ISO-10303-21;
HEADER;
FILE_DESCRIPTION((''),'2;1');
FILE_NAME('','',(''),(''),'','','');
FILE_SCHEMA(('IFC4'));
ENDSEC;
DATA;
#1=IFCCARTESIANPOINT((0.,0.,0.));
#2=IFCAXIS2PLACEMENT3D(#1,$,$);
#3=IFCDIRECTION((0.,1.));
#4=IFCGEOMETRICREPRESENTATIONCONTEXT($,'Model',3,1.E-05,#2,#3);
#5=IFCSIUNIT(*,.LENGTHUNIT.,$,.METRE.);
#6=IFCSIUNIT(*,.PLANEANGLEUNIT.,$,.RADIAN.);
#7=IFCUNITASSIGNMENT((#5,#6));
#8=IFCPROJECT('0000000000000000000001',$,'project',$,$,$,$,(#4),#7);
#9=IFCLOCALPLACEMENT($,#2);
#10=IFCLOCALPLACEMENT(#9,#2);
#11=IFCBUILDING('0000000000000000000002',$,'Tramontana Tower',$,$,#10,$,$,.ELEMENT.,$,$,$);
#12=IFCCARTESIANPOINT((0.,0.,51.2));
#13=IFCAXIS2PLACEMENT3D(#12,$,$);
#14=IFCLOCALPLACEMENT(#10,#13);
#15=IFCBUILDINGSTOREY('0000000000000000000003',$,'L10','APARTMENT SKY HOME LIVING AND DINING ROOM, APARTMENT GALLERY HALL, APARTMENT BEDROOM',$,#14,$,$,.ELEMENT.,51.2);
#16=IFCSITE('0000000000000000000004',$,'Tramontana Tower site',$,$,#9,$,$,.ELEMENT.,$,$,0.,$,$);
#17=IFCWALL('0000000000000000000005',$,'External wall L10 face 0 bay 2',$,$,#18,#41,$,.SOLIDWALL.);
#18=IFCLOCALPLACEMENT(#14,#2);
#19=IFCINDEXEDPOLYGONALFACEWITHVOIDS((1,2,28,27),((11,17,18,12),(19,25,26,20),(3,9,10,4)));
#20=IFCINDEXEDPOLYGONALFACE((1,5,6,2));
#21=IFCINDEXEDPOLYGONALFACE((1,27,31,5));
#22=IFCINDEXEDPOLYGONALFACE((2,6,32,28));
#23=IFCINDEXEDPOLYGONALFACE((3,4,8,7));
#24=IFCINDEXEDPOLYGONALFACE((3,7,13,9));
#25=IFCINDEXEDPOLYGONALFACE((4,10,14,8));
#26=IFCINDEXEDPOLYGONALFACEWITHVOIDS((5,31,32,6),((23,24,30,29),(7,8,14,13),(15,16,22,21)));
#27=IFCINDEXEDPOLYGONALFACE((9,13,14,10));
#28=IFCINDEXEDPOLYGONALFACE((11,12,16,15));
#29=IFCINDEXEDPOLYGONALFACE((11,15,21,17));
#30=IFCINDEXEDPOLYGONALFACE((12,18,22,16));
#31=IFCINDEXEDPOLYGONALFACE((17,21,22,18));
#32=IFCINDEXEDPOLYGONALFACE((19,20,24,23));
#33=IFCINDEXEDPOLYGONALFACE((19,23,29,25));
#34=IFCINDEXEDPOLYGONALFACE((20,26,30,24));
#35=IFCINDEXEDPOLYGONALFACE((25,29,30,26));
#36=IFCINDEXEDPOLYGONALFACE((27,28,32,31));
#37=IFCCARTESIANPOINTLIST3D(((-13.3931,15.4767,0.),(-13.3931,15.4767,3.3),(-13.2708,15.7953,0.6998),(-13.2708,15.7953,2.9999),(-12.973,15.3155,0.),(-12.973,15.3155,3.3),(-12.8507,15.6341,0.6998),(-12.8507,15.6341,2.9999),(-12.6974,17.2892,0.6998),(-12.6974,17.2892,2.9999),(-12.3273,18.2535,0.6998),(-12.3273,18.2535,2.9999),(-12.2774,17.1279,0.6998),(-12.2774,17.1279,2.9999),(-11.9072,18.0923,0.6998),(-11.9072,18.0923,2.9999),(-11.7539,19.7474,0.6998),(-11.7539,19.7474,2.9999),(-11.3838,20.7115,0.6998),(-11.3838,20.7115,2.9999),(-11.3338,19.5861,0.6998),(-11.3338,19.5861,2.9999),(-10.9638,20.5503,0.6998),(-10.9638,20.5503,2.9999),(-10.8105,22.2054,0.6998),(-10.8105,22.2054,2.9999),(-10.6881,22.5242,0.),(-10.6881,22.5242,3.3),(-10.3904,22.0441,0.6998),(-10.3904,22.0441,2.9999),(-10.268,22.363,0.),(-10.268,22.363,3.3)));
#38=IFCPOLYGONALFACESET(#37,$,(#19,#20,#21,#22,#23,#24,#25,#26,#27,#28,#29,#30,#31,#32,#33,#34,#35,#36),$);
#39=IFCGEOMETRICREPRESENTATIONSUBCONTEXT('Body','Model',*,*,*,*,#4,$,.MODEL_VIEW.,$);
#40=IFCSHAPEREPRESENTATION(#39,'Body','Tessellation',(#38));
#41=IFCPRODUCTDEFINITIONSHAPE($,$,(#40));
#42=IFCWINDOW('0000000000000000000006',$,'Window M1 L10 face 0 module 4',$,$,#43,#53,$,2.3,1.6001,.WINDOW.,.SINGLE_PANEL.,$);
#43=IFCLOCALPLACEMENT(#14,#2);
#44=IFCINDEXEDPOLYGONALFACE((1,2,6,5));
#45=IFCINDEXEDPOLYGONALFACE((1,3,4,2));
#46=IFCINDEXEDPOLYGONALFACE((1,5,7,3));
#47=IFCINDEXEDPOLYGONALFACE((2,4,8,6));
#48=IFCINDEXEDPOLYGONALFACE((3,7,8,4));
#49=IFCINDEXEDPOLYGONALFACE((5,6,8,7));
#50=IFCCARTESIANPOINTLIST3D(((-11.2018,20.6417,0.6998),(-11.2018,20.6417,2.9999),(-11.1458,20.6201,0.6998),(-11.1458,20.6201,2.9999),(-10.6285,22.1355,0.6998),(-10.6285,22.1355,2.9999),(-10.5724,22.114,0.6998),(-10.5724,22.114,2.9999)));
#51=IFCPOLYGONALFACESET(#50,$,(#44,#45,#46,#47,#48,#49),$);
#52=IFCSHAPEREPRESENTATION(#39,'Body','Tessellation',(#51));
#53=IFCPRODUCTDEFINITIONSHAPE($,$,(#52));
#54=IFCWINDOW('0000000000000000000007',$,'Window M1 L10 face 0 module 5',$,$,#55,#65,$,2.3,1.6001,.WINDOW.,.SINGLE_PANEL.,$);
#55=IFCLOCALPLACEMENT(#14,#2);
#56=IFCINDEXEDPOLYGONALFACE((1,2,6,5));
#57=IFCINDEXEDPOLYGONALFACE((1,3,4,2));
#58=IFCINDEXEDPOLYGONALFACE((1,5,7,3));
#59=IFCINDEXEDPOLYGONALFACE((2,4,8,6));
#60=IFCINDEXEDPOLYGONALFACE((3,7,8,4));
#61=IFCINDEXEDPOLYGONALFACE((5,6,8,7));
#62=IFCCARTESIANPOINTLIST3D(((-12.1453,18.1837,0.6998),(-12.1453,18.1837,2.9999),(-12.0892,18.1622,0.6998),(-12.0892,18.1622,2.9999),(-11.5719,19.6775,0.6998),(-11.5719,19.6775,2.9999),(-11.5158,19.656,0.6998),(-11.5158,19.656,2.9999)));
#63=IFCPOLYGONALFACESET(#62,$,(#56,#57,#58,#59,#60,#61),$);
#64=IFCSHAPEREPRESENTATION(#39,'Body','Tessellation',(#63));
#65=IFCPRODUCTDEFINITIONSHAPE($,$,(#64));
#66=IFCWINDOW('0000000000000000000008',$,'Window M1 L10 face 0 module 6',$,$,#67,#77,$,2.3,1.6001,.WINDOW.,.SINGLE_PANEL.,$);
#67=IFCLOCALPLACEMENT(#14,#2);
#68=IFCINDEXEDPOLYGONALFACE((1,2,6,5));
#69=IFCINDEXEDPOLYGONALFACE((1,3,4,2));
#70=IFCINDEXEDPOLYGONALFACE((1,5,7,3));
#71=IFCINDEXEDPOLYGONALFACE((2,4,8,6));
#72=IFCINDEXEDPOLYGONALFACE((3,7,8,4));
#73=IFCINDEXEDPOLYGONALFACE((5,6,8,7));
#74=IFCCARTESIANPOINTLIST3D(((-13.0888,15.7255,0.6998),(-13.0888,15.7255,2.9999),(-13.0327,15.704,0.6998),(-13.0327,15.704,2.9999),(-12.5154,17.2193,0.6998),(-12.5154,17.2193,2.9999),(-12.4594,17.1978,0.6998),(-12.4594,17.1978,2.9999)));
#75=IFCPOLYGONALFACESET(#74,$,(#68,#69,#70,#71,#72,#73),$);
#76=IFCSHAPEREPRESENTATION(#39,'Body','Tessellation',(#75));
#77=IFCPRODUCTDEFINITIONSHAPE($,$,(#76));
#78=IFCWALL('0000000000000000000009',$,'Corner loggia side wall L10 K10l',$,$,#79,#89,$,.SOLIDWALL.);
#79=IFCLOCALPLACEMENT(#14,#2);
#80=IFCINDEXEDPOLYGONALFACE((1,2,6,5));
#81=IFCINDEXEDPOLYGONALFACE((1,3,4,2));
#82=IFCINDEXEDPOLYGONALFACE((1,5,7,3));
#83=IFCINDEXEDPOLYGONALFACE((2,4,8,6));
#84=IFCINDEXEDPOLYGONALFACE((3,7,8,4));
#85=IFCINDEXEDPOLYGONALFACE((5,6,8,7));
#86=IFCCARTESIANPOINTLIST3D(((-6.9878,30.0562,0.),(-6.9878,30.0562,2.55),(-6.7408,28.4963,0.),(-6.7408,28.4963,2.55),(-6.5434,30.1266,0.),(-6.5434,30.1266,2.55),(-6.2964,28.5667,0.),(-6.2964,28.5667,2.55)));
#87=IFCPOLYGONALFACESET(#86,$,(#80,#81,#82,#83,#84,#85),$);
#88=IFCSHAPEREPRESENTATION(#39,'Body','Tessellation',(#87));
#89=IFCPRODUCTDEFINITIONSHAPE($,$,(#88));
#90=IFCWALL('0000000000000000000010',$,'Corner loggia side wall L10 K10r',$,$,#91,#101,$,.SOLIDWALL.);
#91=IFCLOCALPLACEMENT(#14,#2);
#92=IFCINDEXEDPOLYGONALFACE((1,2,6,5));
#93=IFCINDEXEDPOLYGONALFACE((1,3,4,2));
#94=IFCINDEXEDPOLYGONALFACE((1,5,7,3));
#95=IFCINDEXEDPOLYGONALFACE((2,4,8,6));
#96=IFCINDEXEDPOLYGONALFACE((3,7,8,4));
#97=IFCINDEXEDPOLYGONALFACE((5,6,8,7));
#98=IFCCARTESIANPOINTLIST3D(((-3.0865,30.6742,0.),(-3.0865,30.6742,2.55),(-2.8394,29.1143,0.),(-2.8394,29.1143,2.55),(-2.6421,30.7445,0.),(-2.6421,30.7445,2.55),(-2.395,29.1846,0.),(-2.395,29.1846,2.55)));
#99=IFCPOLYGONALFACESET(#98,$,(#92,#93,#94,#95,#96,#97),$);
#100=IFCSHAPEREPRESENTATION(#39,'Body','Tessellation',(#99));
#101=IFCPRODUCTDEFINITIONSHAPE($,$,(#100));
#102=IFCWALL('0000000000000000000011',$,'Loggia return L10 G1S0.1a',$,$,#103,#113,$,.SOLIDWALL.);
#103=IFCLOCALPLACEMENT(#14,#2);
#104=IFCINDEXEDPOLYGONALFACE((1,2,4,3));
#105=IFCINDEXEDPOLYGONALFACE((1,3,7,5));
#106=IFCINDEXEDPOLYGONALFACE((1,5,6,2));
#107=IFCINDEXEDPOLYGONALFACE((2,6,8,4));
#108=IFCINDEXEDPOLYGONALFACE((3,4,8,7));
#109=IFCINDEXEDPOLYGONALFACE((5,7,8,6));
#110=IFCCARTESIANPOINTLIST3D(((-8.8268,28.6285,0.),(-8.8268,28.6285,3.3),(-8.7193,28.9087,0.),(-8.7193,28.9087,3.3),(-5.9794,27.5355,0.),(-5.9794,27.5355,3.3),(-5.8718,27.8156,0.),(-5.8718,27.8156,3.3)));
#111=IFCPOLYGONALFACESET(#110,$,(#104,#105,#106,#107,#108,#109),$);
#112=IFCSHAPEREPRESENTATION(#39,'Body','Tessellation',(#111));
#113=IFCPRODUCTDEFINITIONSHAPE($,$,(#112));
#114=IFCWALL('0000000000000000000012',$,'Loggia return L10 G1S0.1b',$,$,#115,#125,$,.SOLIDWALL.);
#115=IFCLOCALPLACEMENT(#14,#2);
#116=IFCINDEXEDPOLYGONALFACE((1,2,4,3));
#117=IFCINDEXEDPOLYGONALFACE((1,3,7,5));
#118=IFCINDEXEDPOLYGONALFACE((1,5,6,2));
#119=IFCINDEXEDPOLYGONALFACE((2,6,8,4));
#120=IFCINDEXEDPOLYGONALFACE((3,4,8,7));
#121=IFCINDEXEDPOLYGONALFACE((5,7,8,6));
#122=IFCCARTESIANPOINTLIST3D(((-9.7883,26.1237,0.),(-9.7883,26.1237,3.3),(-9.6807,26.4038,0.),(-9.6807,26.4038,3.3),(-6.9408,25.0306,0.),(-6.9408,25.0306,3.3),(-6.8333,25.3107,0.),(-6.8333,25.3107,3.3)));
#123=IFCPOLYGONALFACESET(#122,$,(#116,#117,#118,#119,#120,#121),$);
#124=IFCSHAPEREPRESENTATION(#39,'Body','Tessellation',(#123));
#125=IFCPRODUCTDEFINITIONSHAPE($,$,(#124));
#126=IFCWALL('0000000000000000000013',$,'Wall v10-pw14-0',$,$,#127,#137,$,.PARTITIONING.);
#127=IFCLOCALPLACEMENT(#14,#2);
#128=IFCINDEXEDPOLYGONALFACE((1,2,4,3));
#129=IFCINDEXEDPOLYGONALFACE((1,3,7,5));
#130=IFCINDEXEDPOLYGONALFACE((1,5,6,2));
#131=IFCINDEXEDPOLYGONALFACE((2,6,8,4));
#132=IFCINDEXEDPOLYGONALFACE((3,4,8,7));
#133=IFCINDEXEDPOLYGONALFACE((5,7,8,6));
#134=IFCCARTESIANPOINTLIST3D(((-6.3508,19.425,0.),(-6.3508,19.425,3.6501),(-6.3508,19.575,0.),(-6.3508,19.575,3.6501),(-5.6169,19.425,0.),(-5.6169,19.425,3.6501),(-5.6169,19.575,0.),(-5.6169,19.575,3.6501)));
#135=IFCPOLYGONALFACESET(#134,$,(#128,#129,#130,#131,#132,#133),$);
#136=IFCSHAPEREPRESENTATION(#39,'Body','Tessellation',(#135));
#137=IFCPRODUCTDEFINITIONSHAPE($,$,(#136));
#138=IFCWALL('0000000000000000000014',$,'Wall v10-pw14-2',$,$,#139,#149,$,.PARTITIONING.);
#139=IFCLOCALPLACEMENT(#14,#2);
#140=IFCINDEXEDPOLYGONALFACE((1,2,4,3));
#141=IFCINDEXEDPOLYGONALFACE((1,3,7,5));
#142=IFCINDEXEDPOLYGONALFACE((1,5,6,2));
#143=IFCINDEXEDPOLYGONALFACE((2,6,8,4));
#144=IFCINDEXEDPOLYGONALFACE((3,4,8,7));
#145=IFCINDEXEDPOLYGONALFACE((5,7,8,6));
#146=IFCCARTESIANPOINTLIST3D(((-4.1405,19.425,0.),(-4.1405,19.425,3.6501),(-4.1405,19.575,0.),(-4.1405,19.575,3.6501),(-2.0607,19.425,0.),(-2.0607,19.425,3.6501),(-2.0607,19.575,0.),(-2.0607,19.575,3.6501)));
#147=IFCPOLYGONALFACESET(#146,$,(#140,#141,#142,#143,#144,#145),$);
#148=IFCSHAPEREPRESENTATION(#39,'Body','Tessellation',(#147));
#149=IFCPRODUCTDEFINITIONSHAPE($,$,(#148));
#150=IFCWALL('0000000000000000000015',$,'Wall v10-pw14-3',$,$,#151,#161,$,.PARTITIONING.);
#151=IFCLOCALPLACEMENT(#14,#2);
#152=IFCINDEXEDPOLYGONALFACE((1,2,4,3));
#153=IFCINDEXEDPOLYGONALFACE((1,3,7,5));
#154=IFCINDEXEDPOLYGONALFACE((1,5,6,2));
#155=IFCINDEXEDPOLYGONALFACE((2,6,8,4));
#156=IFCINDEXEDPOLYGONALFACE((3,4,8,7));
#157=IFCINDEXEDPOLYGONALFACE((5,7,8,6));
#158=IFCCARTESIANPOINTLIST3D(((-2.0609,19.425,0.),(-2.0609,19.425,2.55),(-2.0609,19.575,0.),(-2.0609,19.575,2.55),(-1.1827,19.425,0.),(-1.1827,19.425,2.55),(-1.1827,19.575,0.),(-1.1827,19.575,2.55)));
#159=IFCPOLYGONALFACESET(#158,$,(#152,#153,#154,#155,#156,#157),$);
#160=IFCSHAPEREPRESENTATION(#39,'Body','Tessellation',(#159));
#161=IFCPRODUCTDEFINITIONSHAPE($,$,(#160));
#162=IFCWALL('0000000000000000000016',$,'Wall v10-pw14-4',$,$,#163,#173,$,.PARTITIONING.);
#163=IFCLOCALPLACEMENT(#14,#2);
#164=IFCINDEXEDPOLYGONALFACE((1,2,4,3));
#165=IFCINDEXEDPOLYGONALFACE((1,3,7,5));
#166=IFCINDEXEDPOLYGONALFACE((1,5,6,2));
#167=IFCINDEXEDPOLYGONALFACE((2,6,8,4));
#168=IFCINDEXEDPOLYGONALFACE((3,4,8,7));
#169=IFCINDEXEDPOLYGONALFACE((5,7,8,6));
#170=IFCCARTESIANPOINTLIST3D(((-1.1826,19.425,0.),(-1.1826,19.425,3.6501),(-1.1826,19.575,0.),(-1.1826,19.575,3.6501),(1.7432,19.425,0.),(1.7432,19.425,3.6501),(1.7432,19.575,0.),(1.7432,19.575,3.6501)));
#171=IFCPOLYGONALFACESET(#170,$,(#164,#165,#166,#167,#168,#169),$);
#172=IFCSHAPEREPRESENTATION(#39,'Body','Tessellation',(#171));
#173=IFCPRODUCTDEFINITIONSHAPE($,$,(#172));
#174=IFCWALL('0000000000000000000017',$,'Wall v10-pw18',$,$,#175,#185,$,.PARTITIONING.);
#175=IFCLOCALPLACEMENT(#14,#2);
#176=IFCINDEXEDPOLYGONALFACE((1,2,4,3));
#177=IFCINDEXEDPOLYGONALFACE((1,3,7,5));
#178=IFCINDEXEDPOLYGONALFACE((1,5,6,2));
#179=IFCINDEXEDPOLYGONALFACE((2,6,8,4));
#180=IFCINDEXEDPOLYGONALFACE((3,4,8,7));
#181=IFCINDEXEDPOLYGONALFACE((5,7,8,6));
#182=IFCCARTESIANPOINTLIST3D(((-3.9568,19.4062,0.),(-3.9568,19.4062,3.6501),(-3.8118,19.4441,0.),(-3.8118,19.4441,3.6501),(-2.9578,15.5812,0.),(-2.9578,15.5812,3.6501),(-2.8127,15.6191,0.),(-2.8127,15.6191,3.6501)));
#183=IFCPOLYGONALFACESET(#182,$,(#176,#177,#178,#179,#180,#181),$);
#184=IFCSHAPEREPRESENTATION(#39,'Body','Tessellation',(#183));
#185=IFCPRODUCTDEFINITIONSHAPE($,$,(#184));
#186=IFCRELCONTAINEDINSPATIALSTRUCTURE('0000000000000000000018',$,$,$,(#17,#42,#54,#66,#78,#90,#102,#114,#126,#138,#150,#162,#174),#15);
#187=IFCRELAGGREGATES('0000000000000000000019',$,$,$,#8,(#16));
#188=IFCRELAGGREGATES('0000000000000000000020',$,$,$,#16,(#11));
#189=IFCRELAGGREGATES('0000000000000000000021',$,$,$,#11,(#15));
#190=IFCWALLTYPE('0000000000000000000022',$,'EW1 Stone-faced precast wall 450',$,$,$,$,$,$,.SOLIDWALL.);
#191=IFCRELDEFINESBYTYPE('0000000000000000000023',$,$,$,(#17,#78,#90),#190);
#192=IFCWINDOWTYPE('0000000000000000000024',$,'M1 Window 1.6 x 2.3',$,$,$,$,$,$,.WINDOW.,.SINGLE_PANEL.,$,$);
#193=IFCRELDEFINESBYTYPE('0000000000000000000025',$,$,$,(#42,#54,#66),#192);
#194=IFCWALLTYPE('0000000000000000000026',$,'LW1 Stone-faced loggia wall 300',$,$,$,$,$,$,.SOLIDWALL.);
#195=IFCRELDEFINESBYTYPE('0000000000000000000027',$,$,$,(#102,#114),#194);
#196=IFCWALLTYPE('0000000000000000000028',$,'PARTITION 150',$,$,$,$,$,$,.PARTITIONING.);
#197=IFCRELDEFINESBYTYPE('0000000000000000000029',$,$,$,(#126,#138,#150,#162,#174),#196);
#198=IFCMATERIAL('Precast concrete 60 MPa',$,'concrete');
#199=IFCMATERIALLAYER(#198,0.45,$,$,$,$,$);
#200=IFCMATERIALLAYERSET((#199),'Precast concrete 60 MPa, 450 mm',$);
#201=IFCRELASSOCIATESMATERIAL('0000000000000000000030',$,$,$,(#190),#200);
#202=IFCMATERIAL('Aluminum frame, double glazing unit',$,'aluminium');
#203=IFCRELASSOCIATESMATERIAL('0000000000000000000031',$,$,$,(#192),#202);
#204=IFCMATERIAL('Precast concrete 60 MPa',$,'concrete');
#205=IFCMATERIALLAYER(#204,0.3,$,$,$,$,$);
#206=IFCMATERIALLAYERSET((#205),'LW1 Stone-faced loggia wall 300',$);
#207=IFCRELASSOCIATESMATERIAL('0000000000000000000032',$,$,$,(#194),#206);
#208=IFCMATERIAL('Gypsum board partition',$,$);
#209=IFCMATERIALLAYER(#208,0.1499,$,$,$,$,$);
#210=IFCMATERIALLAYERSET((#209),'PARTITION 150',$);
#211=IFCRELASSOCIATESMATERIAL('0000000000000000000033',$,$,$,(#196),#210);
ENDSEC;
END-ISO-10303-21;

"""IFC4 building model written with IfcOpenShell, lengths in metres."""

from ifc_helpers import new_model, si_unit, direction, frame, frame_2d, origin, place, context, subcontext, project, spatial, rectangle, extrude, material, layer, layer_set, type_object, element, fill, save


model = new_model("IFC4")

# Units and contexts
model_context = context("Model", 3, precision=1e-05, world=origin(), true_north=direction((0.0, 1.0)))
body_context = subcontext(model_context, "Body", "Model", "MODEL_VIEW")
ifc_project = project(units=[si_unit("LENGTHUNIT", "METRE"), si_unit("PLANEANGLEUNIT", "RADIAN")], contexts=[model_context])

# Site, building, storey
site_placement = place(None, origin())
site = spatial("IfcSite", under=ifc_project, at=site_placement, Name="Tramontana Tower site", CompositionType="ELEMENT", RefElevation=0.0)
building_placement = place(site_placement, origin())
building = spatial("IfcBuilding", under=site, at=building_placement, Name="Tramontana Tower", CompositionType="ELEMENT")
storey_placement = place(building_placement, frame((0.0, 0.0, 51.2)))
storey = spatial("IfcBuildingStorey", under=building, at=storey_placement, Name="L10", Description="APARTMENT SKY HOME LIVING AND DINING ROOM, APARTMENT GALLERY HALL, APARTMENT BEDROOM", CompositionType="ELEMENT", Elevation=51.2)

# Shared definitions
ifc_material_1 = material(Name="Precast concrete 60 MPa", Category="concrete")
ifc_layer_1 = layer(ifc_material_1, 0.45)
ifc_layer_set_1 = layer_set([ifc_layer_1], Name="Precast concrete 60 MPa, 450 mm")
wall_type_1 = type_object("IfcWallType", Name="EW1 Stone-faced precast wall 450", PredefinedType="SOLIDWALL", material=ifc_layer_set_1)
ifc_material_2 = material(Name="Aluminum frame, double glazing unit", Category="aluminium")
window_type_1 = type_object("IfcWindowType", Name="M1 Window 1.6 x 2.3", PartitioningType="SINGLE_PANEL", PredefinedType="WINDOW", material=ifc_material_2)

# Wall, openings, windows
wall_1_placement = place(storey_placement, frame((-10.478, 22.4436, 0.0), z_axis=(0.0, 0.0, 1.0), x_axis=(-0.35834, -0.933591, 0.0)))
wall_1 = element("IfcWall", 1, at=wall_1_placement, inside=storey, type_object=wall_type_1, Name="External wall L10 face 0 bay 2", PredefinedType="SOLIDWALL", context=body_context, shape_type="SweptSolid", body=[
    extrude(rectangle(XDim=7.5488, YDim=0.45, at=frame_2d((3.7744, 0.0))), origin(), (0.0, 0.0, 1.0), 3.3),
])
opening_1_placement = place(wall_1_placement, frame((0.3416, 0.0, 0.7)))
opening_1 = element("IfcOpeningElement", 2, at=opening_1_placement, cuts=wall_1, PredefinedType="OPENING", context=body_context, shape_type="SweptSolid", body=[
    extrude(rectangle(XDim=1.6001, YDim=2.3, at=frame_2d((0.8, 1.1499))), frame((0.0, 0.2349, 0.0), z_axis=(0.0, -1.0, 0.0), x_axis=(1.0, 0.0, 0.0)), (0.0, 0.0, 1.0), 0.47),
])
opening_2_placement = place(wall_1_placement, frame((2.9744, 0.0, 0.7)))
opening_2 = element("IfcOpeningElement", 3, at=opening_2_placement, cuts=wall_1, PredefinedType="OPENING", context=body_context, shape_type="SweptSolid", body=[
    extrude(rectangle(XDim=1.6001, YDim=2.3, at=frame_2d((0.8, 1.1499))), frame((0.0, 0.2349, 0.0), z_axis=(0.0, -1.0, 0.0), x_axis=(1.0, 0.0, 0.0)), (0.0, 0.0, 1.0), 0.47),
])
opening_3_placement = place(wall_1_placement, frame((5.6074, 0.0, 0.7)))
opening_3 = element("IfcOpeningElement", 4, at=opening_3_placement, cuts=wall_1, PredefinedType="OPENING", context=body_context, shape_type="SweptSolid", body=[
    extrude(rectangle(XDim=1.6001, YDim=2.3, at=frame_2d((0.8, 1.1499))), frame((0.0, 0.2349, 0.0), z_axis=(0.0, -1.0, 0.0), x_axis=(1.0, 0.0, 0.0)), (0.0, 0.0, 1.0), 0.47),
])
window_1_placement = place(opening_1_placement, origin())
window_1 = element("IfcWindow", 5, at=window_1_placement, inside=storey, type_object=window_type_1, Name="Window M1 L10 face 0 module 4", OverallHeight=2.3, OverallWidth=1.6001, PartitioningType="SINGLE_PANEL", PredefinedType="WINDOW", context=body_context, shape_type="SweptSolid", body=[
    extrude(rectangle(XDim=1.6001, YDim=2.3, at=frame_2d((0.8, 1.1499))), frame((0.0, 0.03, 0.0), z_axis=(0.0, -1.0, 0.0), x_axis=(1.0, 0.0, 0.0)), (0.0, 0.0, 1.0), 0.0601),
])
fill(opening_1, window_1)
window_2_placement = place(opening_2_placement, origin())
window_2 = element("IfcWindow", 6, at=window_2_placement, inside=storey, type_object=window_type_1, Name="Window M1 L10 face 0 module 5", OverallHeight=2.3, OverallWidth=1.6001, PartitioningType="SINGLE_PANEL", PredefinedType="WINDOW", context=body_context, shape_type="SweptSolid", body=[
    extrude(rectangle(XDim=1.6001, YDim=2.3, at=frame_2d((0.8, 1.1499))), frame((0.0, 0.03, 0.0), z_axis=(0.0, -1.0, 0.0), x_axis=(1.0, 0.0, 0.0)), (0.0, 0.0, 1.0), 0.0601),
])
fill(opening_2, window_2)
window_3_placement = place(opening_3_placement, origin())
window_3 = element("IfcWindow", 7, at=window_3_placement, inside=storey, type_object=window_type_1, Name="Window M1 L10 face 0 module 6", OverallHeight=2.3, OverallWidth=1.6001, PartitioningType="SINGLE_PANEL", PredefinedType="WINDOW", context=body_context, shape_type="SweptSolid", body=[
    extrude(rectangle(XDim=1.6001, YDim=2.3, at=frame_2d((0.8, 1.1499))), frame((0.0, 0.03, 0.0), z_axis=(0.0, -1.0, 0.0), x_axis=(1.0, 0.0, 0.0)), (0.0, 0.0, 1.0), 0.0601),
])
fill(opening_3, window_3)

# Walls
for number, where, z_axis, x_axis, name in (
    (8, (-6.7656, 30.0913, 0.0), (0.0, 0.0, 1.0), (0.156447, -0.987686, 0.0), "Corner loggia side wall L10 K10l"),
    (9, (-2.8643, 30.7092, 0.0), (0.0, 0.0, 1.0), (0.156447, -0.987686, 0.0), "Corner loggia side wall L10 K10r"),
):
    element("IfcWall", number, at=place(storey_placement, frame(where, z_axis=z_axis, x_axis=x_axis)), inside=storey, type_object=wall_type_1, Name=name, PredefinedType="SOLIDWALL", context=body_context, shape_type="SweptSolid", body=[
        extrude(rectangle(XDim=1.5793, YDim=0.45, at=frame_2d((0.7896, 0.0))), origin(), (0.0, 0.0, 1.0), 2.55),
    ])

# Shared definitions
ifc_material_3 = material(Name="Precast concrete 60 MPa", Category="concrete")
ifc_layer_2 = layer(ifc_material_3, 0.3)
ifc_layer_set_2 = layer_set([ifc_layer_2], Name="LW1 Stone-faced loggia wall 300")
wall_type_2 = type_object("IfcWallType", Name="LW1 Stone-faced loggia wall 300", PredefinedType="SOLIDWALL", material=ifc_layer_set_2)

# Walls
for number, where, z_axis, x_axis, name in (
    (10, (-8.7729, 28.7686, 0.0), (0.0, 0.0, 1.0), (0.933581, -0.358368, 0.0), "Loggia return L10 G1S0.1a"),
    (11, (-9.7344, 26.2637, 0.0), (0.0, 0.0, 1.0), (0.933581, -0.358368, 0.0), "Loggia return L10 G1S0.1b"),
):
    element("IfcWall", number, at=place(storey_placement, frame(where, z_axis=z_axis, x_axis=x_axis)), inside=storey, type_object=wall_type_2, Name=name, PredefinedType="SOLIDWALL", context=body_context, shape_type="SweptSolid", body=[
        extrude(rectangle(XDim=3.05, YDim=0.3, at=frame_2d((1.5249, 0.0))), origin(), (0.0, 0.0, 1.0), 3.3),
    ])
ifc_material_4 = material(Name="Gypsum board partition")
ifc_layer_3 = layer(ifc_material_4, 0.1499)
ifc_layer_set_3 = layer_set([ifc_layer_3], Name="PARTITION 150")
wall_type_3 = type_object("IfcWallType", Name="PARTITION 150", PredefinedType="PARTITIONING", material=ifc_layer_set_3)
wall_2_placement = place(storey_placement, frame((-6.3508, 19.5, 0.0), z_axis=(0.0, 0.0, 1.0), x_axis=(1.0, 0.0, 0.0)))
element("IfcWall", 12, at=wall_2_placement, inside=storey, type_object=wall_type_3, Name="Wall v10-pw14-0", PredefinedType="PARTITIONING", context=body_context, shape_type="SweptSolid", body=[
    extrude(rectangle(XDim=0.7339, YDim=0.1499, at=frame_2d((0.3669, 0.0))), origin(), (0.0, 0.0, 1.0), 3.6501),
])

# Walls
wall_3_placement = place(storey_placement, frame((-4.1406, 19.5, 0.0), z_axis=(0.0, 0.0, 1.0), x_axis=(1.0, 0.0, 0.0)))
element("IfcWall", 13, at=wall_3_placement, inside=storey, type_object=wall_type_3, Name="Wall v10-pw14-2", PredefinedType="PARTITIONING", context=body_context, shape_type="SweptSolid", body=[
    extrude(rectangle(XDim=2.0798, YDim=0.1499, at=frame_2d((1.04, 0.0))), origin(), (0.0, 0.0, 1.0), 3.6501),
])
wall_4_placement = place(storey_placement, frame((-2.0608, 19.5, 0.0), z_axis=(0.0, 0.0, 1.0), x_axis=(1.0, 0.0, 0.0)))
element("IfcWall", 14, at=wall_4_placement, inside=storey, type_object=wall_type_3, Name="Wall v10-pw14-3", PredefinedType="PARTITIONING", context=body_context, shape_type="SweptSolid", body=[
    extrude(rectangle(XDim=0.8782, YDim=0.1499, at=frame_2d((0.439, 0.0))), origin(), (0.0, 0.0, 1.0), 2.55),
])
wall_5_placement = place(storey_placement, frame((-1.1826, 19.5, 0.0), z_axis=(0.0, 0.0, 1.0), x_axis=(1.0, 0.0, 0.0)))
element("IfcWall", 15, at=wall_5_placement, inside=storey, type_object=wall_type_3, Name="Wall v10-pw14-4", PredefinedType="PARTITIONING", context=body_context, shape_type="SweptSolid", body=[
    extrude(rectangle(XDim=2.9258, YDim=0.1499, at=frame_2d((1.4629, 0.0))), origin(), (0.0, 0.0, 1.0), 3.6501),
])
wall_6_placement = place(storey_placement, frame((-3.8843, 19.425, 0.0), z_axis=(0.0, 0.0, 1.0), x_axis=(0.252708, -0.967542, 0.0)))
element("IfcWall", 16, at=wall_6_placement, inside=storey, type_object=wall_type_3, Name="Wall v10-pw18", PredefinedType="PARTITIONING", context=body_context, shape_type="SweptSolid", body=[
    extrude(rectangle(XDim=3.9534, YDim=0.1499, at=frame_2d((1.9766, 0.0))), origin(), (0.0, 0.0, 1.0), 3.6501),
])

save(model, "model.ifc")
